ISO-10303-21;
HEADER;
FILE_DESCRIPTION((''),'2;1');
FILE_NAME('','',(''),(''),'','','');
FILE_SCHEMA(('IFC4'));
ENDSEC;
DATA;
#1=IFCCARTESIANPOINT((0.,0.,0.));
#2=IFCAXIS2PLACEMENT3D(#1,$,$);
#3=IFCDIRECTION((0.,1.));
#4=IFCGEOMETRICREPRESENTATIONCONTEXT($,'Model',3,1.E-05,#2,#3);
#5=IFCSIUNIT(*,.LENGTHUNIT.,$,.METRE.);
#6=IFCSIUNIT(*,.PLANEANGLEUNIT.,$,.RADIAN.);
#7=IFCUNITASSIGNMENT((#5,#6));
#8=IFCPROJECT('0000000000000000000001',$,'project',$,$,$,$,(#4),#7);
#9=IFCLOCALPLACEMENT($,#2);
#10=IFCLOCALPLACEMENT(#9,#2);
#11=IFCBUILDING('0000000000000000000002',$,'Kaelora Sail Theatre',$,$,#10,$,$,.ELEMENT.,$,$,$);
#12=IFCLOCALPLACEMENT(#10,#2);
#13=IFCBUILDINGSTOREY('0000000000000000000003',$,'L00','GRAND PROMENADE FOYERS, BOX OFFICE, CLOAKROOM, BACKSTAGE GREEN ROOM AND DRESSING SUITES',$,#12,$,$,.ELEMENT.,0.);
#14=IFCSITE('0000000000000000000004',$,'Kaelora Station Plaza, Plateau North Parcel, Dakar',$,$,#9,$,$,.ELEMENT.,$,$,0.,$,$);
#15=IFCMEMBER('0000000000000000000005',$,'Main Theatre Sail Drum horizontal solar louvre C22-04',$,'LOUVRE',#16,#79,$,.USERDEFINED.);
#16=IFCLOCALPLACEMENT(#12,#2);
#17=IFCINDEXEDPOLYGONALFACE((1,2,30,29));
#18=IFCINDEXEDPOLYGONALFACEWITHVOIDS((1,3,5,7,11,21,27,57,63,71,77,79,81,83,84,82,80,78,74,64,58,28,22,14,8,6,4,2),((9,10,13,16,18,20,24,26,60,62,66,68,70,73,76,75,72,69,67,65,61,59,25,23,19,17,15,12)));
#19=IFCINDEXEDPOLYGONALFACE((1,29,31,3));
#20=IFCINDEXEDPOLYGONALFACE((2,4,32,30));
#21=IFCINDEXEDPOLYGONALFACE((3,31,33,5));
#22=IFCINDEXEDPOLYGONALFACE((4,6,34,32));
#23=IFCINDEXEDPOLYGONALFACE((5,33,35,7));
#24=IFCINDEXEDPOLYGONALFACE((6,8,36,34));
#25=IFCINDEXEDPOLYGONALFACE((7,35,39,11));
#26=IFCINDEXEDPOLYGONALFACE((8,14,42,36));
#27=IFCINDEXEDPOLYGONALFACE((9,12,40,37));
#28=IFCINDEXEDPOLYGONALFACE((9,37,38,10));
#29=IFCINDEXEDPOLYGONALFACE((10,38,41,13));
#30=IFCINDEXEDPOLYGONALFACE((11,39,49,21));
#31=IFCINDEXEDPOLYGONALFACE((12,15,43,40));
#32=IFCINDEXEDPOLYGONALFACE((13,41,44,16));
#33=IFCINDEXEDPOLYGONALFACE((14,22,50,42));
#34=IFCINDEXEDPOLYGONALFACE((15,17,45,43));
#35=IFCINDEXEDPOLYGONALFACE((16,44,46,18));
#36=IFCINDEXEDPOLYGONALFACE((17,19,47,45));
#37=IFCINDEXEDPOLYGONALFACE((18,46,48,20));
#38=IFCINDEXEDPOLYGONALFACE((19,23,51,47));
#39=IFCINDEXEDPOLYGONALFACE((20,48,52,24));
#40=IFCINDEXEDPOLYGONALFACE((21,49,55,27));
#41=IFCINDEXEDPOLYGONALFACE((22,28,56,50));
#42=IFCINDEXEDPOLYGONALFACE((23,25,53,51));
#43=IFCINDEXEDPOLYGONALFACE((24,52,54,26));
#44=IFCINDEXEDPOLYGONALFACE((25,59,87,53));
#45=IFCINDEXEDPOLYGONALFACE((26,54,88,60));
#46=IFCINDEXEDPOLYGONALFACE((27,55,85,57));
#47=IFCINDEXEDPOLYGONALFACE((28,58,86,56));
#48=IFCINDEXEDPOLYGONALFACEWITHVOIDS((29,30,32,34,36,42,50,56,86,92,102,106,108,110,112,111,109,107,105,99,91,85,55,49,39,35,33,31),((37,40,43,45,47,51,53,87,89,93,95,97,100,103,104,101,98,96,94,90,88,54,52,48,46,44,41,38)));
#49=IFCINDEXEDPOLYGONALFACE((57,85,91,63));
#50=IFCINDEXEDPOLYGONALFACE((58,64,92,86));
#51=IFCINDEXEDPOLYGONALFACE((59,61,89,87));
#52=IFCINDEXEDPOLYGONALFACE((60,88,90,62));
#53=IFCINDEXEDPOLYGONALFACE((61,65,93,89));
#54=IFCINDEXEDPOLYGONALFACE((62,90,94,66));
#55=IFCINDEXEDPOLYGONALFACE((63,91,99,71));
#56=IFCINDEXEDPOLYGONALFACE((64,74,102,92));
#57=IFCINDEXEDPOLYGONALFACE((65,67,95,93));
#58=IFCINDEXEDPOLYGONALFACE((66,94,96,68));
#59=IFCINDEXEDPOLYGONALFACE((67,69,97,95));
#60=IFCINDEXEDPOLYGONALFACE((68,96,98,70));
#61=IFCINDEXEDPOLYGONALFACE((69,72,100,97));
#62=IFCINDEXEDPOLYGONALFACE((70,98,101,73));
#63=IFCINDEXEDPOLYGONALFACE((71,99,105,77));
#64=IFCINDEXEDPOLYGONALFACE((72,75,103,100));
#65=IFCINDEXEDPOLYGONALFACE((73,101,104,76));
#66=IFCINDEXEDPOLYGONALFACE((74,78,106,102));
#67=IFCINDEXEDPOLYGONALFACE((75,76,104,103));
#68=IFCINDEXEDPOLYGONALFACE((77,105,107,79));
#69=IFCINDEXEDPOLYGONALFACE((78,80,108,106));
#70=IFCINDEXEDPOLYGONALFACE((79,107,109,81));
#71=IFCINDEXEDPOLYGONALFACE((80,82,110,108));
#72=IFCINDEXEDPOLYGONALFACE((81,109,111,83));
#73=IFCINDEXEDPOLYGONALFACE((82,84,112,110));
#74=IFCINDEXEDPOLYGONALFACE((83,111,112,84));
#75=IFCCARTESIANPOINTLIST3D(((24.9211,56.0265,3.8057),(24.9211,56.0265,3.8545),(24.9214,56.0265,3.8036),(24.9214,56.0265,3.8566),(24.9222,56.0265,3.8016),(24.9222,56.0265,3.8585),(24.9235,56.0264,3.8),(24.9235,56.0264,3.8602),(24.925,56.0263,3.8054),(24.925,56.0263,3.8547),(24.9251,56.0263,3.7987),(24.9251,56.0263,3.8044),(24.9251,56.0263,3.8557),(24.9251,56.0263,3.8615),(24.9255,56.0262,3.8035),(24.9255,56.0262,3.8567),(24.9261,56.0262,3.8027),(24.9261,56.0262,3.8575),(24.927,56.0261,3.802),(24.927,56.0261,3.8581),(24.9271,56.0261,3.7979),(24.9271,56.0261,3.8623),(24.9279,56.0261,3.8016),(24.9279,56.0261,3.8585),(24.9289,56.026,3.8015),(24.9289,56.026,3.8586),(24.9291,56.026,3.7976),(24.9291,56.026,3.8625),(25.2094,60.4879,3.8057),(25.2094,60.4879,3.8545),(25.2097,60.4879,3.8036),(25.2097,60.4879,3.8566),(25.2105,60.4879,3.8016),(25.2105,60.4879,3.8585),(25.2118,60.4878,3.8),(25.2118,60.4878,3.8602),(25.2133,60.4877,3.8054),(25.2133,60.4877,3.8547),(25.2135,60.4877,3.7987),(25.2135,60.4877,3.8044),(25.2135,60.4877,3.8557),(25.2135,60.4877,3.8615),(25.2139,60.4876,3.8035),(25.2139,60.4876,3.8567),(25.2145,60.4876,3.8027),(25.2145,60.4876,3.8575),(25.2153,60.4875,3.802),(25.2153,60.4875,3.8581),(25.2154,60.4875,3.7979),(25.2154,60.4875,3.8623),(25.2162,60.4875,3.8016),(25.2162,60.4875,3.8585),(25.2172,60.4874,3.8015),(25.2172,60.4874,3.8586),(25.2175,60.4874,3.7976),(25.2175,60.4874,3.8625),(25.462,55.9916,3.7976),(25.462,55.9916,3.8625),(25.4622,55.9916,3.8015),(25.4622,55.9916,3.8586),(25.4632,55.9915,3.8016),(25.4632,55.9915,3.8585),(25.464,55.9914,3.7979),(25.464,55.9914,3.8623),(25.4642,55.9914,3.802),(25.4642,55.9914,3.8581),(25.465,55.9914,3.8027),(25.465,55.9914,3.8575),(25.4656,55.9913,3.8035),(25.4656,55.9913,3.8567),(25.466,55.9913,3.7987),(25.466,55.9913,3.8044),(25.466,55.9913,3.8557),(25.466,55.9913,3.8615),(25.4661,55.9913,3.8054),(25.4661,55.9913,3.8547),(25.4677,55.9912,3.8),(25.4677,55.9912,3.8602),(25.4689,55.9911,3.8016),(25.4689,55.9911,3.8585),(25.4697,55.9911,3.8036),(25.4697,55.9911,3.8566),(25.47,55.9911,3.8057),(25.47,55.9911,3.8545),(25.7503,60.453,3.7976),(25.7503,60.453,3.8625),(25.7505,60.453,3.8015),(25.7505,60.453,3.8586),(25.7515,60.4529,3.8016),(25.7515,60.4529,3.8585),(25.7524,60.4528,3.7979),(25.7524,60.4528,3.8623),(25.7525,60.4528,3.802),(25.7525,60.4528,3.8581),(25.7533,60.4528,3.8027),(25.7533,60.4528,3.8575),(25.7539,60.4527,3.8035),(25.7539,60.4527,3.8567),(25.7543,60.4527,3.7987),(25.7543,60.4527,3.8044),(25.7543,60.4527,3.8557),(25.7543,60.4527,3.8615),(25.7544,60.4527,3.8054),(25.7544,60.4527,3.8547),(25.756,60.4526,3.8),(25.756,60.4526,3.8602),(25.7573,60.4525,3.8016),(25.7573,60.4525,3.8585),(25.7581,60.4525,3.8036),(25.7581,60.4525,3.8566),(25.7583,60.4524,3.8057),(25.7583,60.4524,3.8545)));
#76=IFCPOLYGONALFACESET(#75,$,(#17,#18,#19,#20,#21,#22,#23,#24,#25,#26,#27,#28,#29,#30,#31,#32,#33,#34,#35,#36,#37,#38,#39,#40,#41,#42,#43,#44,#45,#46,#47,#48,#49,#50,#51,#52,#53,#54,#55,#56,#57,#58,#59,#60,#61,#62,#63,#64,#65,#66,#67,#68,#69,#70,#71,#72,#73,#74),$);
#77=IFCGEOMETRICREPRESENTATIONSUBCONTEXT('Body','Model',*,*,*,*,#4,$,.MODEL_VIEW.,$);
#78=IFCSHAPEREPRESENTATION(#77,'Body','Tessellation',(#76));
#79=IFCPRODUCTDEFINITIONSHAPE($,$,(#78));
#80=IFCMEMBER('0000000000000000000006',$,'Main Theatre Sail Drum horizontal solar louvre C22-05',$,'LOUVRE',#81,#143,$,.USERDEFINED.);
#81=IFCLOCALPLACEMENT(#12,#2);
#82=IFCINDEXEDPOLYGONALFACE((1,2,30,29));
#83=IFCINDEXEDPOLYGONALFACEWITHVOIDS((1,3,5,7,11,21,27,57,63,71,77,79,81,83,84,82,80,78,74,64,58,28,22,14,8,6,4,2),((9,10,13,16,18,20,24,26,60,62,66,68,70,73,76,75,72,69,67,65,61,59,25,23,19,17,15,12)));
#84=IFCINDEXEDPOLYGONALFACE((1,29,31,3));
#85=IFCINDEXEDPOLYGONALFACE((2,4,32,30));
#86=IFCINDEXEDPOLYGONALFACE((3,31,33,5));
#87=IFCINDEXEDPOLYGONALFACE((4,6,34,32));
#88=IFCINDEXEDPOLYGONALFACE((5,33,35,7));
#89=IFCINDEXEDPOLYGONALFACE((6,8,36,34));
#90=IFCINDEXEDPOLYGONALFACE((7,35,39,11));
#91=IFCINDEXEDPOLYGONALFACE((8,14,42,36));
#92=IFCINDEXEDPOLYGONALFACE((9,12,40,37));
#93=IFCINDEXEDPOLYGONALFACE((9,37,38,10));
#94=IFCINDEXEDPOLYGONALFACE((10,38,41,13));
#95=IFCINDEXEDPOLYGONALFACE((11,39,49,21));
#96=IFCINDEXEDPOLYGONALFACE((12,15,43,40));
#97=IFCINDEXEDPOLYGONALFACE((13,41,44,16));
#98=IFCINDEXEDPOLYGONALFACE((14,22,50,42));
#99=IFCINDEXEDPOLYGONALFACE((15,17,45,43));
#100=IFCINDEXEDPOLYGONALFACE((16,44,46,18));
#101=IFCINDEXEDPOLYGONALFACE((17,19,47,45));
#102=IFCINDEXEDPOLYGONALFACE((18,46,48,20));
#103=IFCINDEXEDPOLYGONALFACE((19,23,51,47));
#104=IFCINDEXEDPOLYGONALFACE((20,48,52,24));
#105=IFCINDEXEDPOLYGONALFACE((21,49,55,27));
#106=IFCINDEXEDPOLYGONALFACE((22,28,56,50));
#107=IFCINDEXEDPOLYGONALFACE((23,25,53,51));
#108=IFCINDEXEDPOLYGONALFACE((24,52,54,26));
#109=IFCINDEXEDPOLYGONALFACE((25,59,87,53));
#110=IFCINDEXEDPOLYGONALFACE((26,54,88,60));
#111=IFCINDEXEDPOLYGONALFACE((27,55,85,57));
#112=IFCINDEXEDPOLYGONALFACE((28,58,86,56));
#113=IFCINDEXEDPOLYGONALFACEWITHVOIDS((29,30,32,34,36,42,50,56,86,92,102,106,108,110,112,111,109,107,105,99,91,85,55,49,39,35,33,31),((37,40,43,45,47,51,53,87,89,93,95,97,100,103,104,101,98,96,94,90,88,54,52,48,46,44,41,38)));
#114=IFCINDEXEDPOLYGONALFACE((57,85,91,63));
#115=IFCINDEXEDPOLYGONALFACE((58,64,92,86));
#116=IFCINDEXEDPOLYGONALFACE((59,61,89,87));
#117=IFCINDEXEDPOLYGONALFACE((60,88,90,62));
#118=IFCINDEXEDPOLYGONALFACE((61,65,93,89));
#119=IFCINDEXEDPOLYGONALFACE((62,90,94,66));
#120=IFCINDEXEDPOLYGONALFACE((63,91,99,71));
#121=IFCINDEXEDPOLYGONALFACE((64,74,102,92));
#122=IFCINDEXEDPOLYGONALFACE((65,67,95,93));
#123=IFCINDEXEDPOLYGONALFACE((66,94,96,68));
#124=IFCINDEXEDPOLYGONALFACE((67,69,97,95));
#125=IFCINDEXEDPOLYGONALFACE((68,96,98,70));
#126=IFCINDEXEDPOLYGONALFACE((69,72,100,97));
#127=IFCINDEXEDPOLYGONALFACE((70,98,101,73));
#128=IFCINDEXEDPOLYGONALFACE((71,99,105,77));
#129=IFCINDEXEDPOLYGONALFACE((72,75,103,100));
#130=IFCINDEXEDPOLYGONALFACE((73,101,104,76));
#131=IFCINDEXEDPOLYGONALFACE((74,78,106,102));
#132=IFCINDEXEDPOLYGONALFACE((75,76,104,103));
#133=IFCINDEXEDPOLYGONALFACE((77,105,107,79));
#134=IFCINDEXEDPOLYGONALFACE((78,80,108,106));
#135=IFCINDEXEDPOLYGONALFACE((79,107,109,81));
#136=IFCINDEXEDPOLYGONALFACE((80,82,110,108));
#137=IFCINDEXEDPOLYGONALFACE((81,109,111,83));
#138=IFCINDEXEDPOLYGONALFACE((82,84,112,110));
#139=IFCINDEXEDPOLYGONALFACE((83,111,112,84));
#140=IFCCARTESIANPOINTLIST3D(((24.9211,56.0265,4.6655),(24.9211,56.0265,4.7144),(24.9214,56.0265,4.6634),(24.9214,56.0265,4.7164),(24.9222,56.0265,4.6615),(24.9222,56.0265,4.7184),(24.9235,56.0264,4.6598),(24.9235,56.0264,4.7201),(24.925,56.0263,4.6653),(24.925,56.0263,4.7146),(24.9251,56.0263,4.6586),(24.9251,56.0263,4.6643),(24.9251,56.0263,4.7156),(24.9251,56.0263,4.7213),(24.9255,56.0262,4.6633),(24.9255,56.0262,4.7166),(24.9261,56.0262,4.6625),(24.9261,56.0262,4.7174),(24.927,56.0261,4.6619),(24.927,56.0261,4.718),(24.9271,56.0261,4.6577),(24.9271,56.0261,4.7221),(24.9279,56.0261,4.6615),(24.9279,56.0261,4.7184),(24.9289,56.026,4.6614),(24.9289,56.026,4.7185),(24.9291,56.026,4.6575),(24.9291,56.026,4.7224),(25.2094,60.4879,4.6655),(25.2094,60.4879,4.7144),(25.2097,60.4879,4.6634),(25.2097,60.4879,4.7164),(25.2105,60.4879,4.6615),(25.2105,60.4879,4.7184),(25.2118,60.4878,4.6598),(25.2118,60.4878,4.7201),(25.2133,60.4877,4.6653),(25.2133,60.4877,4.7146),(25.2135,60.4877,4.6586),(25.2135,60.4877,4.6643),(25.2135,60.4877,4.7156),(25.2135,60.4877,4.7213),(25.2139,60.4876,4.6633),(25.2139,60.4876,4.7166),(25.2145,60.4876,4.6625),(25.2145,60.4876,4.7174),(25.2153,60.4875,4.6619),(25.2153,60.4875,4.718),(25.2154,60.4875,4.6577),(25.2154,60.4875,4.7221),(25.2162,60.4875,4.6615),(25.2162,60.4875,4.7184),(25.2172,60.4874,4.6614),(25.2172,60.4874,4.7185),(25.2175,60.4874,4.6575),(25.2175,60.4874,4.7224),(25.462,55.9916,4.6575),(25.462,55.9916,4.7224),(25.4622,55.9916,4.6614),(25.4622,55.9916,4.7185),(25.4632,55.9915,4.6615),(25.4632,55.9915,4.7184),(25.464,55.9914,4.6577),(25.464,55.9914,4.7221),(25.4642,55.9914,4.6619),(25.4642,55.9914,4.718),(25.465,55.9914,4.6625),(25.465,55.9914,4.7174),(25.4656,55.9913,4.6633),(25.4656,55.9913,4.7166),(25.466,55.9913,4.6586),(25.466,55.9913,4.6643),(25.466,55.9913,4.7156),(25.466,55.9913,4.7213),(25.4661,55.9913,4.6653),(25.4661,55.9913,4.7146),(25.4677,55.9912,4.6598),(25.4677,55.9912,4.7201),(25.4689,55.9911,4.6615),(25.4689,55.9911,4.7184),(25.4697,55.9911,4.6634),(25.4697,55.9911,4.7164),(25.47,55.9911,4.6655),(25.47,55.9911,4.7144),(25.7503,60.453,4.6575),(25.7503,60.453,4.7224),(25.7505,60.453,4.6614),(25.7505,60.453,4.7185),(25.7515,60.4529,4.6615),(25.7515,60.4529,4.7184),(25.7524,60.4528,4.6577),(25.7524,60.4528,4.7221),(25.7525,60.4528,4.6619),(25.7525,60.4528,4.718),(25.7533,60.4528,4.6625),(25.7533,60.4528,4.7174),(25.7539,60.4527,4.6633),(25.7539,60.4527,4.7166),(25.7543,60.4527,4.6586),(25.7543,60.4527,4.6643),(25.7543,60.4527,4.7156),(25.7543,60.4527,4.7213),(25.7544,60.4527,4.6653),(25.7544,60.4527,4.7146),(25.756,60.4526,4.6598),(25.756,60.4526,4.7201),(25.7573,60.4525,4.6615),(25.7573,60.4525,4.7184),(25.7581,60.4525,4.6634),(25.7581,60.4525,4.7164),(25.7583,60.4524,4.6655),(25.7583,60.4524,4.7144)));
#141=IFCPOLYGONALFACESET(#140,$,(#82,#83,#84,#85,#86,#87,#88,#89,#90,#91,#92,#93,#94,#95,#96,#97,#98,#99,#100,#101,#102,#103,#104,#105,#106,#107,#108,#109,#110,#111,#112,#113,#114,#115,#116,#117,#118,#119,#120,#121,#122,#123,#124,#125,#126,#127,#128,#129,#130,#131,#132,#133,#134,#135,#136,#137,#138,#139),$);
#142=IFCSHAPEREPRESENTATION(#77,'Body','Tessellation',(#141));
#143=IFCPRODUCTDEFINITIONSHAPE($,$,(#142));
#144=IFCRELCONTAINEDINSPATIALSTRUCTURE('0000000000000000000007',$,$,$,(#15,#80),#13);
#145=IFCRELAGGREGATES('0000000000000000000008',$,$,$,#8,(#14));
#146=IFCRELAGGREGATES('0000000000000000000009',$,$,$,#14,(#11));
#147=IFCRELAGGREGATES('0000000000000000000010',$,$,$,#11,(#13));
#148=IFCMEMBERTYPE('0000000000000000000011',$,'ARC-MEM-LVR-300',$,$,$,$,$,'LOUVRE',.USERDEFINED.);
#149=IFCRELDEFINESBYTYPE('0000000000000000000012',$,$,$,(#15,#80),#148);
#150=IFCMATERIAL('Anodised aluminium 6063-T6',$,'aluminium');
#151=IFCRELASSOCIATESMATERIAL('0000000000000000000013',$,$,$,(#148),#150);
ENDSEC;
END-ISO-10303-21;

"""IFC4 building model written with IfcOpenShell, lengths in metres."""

from ifc_helpers import new_model, si_unit, direction, frame, origin, origin_2d, place, context, subcontext, project, spatial, hollow_rectangle, extrude, material, material_profile, profile_set, type_object, element, save


model = new_model("IFC4")

# Units and contexts
model_context = context("Model", 3, precision=1e-05, world=origin(), true_north=direction((0.0, 1.0)))
body_context = subcontext(model_context, "Body", "Model", "MODEL_VIEW")
ifc_project = project(units=[si_unit("LENGTHUNIT", "METRE"), si_unit("PLANEANGLEUNIT", "RADIAN")], contexts=[model_context])

# Site, building, storey
site_placement = place(None, origin())
site = spatial("IfcSite", under=ifc_project, at=site_placement, Name="Kaelora Station Plaza, Plateau North Parcel, Dakar", CompositionType="ELEMENT", RefElevation=0.0)
building_placement = place(site_placement, origin())
building = spatial("IfcBuilding", under=site, at=building_placement, Name="Kaelora Sail Theatre", CompositionType="ELEMENT")
storey_placement = place(building_placement, origin())
storey = spatial("IfcBuildingStorey", under=building, at=storey_placement, Name="L00", Description="GRAND PROMENADE FOYERS, BOX OFFICE, CLOAKROOM, BACKSTAGE GREEN ROOM AND DRESSING SUITES", CompositionType="ELEMENT", Elevation=0.0)

# Members
ifc_material_1 = material(Name="Anodised aluminium 6063-T6", Category="aluminium")
ifc_material_profile_1 = material_profile(ifc_material_1, hollow_rectangle(XDim=0.55, YDim=0.0649, WallThickness=0.0039, InnerFilletRadius=0.0039, OuterFilletRadius=0.0081, at=origin_2d()), Name="LOUVRE 550x65x4")
ifc_profile_set_1 = profile_set([ifc_material_profile_1], Name="Anodised aluminium 6063-T6")
member_type_1 = type_object("IfcMemberType", Name="ARC-MEM-LVR-300", ElementType="LOUVRE", PredefinedType="USERDEFINED", material=ifc_profile_set_1)
for number, where, z_axis, x_axis, name in (
    (1, (25.1956, 56.0088, 3.8301), (0.064493, 0.997918, 0.0), (-0.997918, 0.064493, 0.0), "Main Theatre Sail Drum horizontal solar louvre C22-04"),
    (2, (25.1956, 56.0088, 4.6899), (0.064493, 0.997918, 0.0), (-0.997918, 0.064493, 0.0), "Main Theatre Sail Drum horizontal solar louvre C22-05"),
):
    element("IfcMember", number, at=place(storey_placement, frame(where, z_axis=z_axis, x_axis=x_axis)), inside=storey, type_object=member_type_1, Name=name, ObjectType="LOUVRE", PredefinedType="USERDEFINED", context=body_context, shape_type="SweptSolid", body=[
        extrude(hollow_rectangle(XDim=0.55, YDim=0.0649, WallThickness=0.0039, InnerFilletRadius=0.0039, OuterFilletRadius=0.0081, at=origin_2d()), origin(), (0.0, 0.0, 1.0), 4.4707),
    ])

save(model, "model.ifc")
